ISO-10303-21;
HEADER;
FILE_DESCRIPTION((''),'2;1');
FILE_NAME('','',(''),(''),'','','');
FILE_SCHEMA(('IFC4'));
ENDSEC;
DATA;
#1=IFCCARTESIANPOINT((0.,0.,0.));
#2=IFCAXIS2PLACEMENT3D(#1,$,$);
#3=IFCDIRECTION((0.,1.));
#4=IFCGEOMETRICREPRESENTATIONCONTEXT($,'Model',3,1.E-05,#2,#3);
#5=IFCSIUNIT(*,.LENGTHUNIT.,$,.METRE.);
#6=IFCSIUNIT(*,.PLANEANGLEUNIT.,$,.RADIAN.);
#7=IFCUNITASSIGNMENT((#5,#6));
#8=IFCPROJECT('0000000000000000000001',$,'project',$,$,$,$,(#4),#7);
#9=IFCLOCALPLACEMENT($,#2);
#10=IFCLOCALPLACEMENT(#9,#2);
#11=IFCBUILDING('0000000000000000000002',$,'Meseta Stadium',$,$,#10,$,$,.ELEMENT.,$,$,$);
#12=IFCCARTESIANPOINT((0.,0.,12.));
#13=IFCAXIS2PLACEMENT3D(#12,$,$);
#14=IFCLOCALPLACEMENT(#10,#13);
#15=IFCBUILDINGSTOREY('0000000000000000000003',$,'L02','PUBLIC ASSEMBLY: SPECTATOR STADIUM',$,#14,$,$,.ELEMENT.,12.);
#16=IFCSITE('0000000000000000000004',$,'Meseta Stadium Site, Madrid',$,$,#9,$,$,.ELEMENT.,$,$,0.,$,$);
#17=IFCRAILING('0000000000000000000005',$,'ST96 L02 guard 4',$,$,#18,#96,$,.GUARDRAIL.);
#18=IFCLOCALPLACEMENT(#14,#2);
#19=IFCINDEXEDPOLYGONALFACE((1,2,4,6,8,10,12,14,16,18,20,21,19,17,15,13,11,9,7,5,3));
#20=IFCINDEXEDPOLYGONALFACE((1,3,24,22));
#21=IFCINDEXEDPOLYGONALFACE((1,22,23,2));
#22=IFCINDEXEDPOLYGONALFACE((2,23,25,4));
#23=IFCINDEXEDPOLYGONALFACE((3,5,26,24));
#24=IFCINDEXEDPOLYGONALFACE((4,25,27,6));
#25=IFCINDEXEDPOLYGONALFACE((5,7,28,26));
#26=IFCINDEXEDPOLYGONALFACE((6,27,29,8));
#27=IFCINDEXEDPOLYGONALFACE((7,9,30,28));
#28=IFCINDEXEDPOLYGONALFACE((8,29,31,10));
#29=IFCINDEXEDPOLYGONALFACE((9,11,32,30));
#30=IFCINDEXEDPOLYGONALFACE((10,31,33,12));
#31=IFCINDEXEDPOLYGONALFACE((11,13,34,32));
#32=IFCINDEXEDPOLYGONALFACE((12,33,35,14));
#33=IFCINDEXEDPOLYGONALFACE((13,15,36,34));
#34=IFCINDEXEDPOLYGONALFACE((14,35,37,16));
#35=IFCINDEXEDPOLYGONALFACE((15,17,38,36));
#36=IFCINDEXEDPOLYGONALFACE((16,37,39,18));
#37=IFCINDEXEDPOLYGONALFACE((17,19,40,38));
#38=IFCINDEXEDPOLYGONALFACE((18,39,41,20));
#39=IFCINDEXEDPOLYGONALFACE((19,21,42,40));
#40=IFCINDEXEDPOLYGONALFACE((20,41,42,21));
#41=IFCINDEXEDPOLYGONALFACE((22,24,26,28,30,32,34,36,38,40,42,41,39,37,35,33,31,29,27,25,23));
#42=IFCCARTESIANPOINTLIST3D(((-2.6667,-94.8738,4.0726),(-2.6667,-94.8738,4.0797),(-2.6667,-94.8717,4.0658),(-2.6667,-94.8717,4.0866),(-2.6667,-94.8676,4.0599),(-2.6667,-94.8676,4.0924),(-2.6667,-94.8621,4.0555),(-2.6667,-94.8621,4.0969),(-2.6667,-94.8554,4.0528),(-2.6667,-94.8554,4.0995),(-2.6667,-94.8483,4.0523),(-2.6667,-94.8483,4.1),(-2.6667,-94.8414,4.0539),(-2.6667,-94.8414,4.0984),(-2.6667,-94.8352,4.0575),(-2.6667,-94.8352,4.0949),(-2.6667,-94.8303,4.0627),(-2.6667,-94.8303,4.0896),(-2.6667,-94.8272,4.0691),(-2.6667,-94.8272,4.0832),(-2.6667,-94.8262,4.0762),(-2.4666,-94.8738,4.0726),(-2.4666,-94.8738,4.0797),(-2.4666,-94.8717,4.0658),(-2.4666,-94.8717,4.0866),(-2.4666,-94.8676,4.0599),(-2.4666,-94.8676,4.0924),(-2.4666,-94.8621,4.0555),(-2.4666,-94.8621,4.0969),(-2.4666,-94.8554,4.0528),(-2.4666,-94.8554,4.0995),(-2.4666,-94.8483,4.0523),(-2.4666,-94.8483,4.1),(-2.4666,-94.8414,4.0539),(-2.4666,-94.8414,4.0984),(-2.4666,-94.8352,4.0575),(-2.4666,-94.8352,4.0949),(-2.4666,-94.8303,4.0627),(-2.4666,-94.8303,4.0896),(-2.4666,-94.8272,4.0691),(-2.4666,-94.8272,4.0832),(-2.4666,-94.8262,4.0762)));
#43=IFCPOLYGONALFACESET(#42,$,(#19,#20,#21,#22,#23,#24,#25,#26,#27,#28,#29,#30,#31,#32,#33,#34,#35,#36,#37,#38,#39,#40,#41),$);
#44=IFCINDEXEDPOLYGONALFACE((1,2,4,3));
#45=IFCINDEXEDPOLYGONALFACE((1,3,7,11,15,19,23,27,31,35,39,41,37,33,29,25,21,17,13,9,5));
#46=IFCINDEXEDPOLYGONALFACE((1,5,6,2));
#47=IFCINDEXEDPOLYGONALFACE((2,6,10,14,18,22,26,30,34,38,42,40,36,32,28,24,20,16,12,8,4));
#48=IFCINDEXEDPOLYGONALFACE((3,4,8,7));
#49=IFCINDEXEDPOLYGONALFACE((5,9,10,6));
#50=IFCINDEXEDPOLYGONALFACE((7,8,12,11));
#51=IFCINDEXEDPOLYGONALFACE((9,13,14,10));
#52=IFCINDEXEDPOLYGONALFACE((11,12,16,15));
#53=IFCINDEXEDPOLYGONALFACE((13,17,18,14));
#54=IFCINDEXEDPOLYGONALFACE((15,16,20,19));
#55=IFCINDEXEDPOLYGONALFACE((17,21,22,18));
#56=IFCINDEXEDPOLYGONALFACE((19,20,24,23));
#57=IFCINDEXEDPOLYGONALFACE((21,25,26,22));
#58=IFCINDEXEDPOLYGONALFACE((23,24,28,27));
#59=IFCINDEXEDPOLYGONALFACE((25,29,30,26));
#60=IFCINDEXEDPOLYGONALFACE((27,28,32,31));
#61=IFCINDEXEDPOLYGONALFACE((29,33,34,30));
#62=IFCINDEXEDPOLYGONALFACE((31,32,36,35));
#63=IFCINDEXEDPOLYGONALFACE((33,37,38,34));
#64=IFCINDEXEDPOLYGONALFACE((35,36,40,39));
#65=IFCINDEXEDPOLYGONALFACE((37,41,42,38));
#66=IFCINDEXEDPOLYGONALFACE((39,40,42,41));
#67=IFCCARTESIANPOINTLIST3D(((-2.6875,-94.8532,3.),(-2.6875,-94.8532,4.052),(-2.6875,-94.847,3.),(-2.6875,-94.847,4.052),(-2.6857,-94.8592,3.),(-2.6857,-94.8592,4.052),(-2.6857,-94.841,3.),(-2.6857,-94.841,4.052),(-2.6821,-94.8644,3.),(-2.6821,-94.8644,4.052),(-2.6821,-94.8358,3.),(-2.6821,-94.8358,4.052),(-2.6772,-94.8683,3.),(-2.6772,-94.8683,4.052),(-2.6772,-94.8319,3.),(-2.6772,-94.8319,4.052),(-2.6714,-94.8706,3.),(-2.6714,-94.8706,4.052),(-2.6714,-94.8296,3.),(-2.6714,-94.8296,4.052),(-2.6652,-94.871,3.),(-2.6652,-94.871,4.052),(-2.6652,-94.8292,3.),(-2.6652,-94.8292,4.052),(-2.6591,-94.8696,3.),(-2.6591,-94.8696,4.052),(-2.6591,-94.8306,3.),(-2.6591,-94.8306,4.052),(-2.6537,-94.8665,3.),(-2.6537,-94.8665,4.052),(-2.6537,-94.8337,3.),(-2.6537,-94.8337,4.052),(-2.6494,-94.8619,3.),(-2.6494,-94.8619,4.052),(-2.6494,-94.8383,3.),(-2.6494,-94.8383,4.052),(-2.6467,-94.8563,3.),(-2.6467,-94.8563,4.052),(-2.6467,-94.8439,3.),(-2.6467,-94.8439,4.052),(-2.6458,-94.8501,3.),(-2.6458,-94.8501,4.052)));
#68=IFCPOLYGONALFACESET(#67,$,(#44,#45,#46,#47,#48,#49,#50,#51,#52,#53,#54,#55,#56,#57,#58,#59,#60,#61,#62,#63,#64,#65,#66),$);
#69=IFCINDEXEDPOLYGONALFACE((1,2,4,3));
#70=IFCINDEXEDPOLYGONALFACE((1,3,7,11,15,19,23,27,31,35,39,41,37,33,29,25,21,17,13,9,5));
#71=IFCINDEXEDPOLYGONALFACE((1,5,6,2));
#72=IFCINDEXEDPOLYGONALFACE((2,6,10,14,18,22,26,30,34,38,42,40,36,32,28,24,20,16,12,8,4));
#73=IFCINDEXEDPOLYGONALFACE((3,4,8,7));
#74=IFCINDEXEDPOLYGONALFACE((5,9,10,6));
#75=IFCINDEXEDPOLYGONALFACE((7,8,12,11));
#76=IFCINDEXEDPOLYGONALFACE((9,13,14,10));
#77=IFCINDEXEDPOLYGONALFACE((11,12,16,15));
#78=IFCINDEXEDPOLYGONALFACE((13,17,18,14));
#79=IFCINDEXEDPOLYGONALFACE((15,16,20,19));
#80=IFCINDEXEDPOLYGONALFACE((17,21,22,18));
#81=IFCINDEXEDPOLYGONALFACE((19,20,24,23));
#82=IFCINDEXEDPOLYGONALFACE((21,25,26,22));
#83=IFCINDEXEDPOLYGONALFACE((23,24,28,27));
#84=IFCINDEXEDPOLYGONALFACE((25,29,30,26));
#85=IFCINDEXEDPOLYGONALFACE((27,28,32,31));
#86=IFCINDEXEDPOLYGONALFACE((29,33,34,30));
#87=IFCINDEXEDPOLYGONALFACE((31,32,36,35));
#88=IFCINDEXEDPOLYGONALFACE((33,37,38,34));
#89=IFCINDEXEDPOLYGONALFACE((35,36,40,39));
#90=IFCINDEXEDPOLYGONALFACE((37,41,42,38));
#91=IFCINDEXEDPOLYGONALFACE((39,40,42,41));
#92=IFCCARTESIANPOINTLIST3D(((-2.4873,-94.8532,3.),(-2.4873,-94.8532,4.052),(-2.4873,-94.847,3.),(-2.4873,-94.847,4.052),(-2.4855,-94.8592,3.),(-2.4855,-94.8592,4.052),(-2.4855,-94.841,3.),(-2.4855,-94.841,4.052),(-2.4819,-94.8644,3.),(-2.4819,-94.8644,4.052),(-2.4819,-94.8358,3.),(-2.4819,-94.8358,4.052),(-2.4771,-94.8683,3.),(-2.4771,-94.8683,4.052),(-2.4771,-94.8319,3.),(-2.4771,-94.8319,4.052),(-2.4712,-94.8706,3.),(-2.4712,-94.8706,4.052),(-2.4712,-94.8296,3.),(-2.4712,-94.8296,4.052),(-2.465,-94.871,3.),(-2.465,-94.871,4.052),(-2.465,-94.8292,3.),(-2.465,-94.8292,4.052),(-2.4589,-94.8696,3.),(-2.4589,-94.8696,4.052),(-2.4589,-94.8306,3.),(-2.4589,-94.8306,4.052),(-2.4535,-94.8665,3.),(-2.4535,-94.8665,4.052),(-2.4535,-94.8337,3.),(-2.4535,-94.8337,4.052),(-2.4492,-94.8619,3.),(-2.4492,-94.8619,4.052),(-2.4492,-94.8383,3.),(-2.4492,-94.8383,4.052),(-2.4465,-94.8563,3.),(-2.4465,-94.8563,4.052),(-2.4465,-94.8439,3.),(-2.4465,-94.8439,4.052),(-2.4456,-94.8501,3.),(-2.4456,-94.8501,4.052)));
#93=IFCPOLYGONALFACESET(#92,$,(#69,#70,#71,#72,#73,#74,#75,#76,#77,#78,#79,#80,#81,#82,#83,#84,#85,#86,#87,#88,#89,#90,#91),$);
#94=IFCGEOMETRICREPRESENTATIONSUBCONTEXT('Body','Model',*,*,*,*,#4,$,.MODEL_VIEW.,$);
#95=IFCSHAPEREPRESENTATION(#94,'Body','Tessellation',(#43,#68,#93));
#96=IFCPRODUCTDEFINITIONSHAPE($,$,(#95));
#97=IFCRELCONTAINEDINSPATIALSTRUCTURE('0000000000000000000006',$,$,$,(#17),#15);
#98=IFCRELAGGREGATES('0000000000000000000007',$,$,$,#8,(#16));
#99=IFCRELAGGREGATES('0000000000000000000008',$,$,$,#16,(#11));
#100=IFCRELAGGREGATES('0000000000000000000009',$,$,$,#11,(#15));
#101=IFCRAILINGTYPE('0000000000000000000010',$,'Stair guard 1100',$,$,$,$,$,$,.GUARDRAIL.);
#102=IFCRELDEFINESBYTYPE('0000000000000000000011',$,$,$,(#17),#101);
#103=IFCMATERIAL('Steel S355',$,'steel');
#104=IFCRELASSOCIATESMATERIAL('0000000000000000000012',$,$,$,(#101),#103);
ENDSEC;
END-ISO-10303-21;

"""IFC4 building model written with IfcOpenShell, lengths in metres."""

from ifc_helpers import new_model, si_unit, direction, frame, origin, origin_2d, place, context, subcontext, project, spatial, circle, extrude, material, type_object, element, save


model = new_model("IFC4")

# Units and contexts
model_context = context("Model", 3, precision=1e-05, world=origin(), true_north=direction((0.0, 1.0)))
body_context = subcontext(model_context, "Body", "Model", "MODEL_VIEW")
ifc_project = project(units=[si_unit("LENGTHUNIT", "METRE"), si_unit("PLANEANGLEUNIT", "RADIAN")], contexts=[model_context])

# Site, building, storey
site_placement = place(None, origin())
site = spatial("IfcSite", under=ifc_project, at=site_placement, Name="Meseta Stadium Site, Madrid", CompositionType="ELEMENT", RefElevation=0.0)
building_placement = place(site_placement, origin())
building = spatial("IfcBuilding", under=site, at=building_placement, Name="Meseta Stadium", CompositionType="ELEMENT")
storey_placement = place(building_placement, frame((0.0, 0.0, 12.0)))
storey = spatial("IfcBuildingStorey", under=building, at=storey_placement, Name="L02", Description="PUBLIC ASSEMBLY: SPECTATOR STADIUM", CompositionType="ELEMENT", Elevation=12.0)

# Railing
ifc_material_1 = material(Name="Steel S355", Category="steel")
railing_type_1 = type_object("IfcRailingType", Name="Stair guard 1100", PredefinedType="GUARDRAIL", material=ifc_material_1)
railing_1_placement = place(storey_placement, frame((-2.6667, -94.8501, 3.0)))
element("IfcRailing", 1, at=railing_1_placement, inside=storey, type_object=railing_type_1, Name="ST96 L02 guard 4", PredefinedType="GUARDRAIL", context=body_context, shape_type="SweptSolid", body=[
    extrude(circle(Radius=0.0239, at=origin_2d()), frame((0.0, 0.0, 1.0762), z_axis=(1.0, 0.0, 0.0), x_axis=(0.0, 1.0, 0.0)), (0.0, 0.0, 1.0), 0.2002),
    extrude(circle(Radius=0.021, at=origin_2d()), origin(), (0.0, 0.0, 1.0), 1.052),
    extrude(circle(Radius=0.021, at=origin_2d()), frame((0.2002, 0.0, 0.0)), (0.0, 0.0, 1.0), 1.052),
])

save(model, "model.ifc")
